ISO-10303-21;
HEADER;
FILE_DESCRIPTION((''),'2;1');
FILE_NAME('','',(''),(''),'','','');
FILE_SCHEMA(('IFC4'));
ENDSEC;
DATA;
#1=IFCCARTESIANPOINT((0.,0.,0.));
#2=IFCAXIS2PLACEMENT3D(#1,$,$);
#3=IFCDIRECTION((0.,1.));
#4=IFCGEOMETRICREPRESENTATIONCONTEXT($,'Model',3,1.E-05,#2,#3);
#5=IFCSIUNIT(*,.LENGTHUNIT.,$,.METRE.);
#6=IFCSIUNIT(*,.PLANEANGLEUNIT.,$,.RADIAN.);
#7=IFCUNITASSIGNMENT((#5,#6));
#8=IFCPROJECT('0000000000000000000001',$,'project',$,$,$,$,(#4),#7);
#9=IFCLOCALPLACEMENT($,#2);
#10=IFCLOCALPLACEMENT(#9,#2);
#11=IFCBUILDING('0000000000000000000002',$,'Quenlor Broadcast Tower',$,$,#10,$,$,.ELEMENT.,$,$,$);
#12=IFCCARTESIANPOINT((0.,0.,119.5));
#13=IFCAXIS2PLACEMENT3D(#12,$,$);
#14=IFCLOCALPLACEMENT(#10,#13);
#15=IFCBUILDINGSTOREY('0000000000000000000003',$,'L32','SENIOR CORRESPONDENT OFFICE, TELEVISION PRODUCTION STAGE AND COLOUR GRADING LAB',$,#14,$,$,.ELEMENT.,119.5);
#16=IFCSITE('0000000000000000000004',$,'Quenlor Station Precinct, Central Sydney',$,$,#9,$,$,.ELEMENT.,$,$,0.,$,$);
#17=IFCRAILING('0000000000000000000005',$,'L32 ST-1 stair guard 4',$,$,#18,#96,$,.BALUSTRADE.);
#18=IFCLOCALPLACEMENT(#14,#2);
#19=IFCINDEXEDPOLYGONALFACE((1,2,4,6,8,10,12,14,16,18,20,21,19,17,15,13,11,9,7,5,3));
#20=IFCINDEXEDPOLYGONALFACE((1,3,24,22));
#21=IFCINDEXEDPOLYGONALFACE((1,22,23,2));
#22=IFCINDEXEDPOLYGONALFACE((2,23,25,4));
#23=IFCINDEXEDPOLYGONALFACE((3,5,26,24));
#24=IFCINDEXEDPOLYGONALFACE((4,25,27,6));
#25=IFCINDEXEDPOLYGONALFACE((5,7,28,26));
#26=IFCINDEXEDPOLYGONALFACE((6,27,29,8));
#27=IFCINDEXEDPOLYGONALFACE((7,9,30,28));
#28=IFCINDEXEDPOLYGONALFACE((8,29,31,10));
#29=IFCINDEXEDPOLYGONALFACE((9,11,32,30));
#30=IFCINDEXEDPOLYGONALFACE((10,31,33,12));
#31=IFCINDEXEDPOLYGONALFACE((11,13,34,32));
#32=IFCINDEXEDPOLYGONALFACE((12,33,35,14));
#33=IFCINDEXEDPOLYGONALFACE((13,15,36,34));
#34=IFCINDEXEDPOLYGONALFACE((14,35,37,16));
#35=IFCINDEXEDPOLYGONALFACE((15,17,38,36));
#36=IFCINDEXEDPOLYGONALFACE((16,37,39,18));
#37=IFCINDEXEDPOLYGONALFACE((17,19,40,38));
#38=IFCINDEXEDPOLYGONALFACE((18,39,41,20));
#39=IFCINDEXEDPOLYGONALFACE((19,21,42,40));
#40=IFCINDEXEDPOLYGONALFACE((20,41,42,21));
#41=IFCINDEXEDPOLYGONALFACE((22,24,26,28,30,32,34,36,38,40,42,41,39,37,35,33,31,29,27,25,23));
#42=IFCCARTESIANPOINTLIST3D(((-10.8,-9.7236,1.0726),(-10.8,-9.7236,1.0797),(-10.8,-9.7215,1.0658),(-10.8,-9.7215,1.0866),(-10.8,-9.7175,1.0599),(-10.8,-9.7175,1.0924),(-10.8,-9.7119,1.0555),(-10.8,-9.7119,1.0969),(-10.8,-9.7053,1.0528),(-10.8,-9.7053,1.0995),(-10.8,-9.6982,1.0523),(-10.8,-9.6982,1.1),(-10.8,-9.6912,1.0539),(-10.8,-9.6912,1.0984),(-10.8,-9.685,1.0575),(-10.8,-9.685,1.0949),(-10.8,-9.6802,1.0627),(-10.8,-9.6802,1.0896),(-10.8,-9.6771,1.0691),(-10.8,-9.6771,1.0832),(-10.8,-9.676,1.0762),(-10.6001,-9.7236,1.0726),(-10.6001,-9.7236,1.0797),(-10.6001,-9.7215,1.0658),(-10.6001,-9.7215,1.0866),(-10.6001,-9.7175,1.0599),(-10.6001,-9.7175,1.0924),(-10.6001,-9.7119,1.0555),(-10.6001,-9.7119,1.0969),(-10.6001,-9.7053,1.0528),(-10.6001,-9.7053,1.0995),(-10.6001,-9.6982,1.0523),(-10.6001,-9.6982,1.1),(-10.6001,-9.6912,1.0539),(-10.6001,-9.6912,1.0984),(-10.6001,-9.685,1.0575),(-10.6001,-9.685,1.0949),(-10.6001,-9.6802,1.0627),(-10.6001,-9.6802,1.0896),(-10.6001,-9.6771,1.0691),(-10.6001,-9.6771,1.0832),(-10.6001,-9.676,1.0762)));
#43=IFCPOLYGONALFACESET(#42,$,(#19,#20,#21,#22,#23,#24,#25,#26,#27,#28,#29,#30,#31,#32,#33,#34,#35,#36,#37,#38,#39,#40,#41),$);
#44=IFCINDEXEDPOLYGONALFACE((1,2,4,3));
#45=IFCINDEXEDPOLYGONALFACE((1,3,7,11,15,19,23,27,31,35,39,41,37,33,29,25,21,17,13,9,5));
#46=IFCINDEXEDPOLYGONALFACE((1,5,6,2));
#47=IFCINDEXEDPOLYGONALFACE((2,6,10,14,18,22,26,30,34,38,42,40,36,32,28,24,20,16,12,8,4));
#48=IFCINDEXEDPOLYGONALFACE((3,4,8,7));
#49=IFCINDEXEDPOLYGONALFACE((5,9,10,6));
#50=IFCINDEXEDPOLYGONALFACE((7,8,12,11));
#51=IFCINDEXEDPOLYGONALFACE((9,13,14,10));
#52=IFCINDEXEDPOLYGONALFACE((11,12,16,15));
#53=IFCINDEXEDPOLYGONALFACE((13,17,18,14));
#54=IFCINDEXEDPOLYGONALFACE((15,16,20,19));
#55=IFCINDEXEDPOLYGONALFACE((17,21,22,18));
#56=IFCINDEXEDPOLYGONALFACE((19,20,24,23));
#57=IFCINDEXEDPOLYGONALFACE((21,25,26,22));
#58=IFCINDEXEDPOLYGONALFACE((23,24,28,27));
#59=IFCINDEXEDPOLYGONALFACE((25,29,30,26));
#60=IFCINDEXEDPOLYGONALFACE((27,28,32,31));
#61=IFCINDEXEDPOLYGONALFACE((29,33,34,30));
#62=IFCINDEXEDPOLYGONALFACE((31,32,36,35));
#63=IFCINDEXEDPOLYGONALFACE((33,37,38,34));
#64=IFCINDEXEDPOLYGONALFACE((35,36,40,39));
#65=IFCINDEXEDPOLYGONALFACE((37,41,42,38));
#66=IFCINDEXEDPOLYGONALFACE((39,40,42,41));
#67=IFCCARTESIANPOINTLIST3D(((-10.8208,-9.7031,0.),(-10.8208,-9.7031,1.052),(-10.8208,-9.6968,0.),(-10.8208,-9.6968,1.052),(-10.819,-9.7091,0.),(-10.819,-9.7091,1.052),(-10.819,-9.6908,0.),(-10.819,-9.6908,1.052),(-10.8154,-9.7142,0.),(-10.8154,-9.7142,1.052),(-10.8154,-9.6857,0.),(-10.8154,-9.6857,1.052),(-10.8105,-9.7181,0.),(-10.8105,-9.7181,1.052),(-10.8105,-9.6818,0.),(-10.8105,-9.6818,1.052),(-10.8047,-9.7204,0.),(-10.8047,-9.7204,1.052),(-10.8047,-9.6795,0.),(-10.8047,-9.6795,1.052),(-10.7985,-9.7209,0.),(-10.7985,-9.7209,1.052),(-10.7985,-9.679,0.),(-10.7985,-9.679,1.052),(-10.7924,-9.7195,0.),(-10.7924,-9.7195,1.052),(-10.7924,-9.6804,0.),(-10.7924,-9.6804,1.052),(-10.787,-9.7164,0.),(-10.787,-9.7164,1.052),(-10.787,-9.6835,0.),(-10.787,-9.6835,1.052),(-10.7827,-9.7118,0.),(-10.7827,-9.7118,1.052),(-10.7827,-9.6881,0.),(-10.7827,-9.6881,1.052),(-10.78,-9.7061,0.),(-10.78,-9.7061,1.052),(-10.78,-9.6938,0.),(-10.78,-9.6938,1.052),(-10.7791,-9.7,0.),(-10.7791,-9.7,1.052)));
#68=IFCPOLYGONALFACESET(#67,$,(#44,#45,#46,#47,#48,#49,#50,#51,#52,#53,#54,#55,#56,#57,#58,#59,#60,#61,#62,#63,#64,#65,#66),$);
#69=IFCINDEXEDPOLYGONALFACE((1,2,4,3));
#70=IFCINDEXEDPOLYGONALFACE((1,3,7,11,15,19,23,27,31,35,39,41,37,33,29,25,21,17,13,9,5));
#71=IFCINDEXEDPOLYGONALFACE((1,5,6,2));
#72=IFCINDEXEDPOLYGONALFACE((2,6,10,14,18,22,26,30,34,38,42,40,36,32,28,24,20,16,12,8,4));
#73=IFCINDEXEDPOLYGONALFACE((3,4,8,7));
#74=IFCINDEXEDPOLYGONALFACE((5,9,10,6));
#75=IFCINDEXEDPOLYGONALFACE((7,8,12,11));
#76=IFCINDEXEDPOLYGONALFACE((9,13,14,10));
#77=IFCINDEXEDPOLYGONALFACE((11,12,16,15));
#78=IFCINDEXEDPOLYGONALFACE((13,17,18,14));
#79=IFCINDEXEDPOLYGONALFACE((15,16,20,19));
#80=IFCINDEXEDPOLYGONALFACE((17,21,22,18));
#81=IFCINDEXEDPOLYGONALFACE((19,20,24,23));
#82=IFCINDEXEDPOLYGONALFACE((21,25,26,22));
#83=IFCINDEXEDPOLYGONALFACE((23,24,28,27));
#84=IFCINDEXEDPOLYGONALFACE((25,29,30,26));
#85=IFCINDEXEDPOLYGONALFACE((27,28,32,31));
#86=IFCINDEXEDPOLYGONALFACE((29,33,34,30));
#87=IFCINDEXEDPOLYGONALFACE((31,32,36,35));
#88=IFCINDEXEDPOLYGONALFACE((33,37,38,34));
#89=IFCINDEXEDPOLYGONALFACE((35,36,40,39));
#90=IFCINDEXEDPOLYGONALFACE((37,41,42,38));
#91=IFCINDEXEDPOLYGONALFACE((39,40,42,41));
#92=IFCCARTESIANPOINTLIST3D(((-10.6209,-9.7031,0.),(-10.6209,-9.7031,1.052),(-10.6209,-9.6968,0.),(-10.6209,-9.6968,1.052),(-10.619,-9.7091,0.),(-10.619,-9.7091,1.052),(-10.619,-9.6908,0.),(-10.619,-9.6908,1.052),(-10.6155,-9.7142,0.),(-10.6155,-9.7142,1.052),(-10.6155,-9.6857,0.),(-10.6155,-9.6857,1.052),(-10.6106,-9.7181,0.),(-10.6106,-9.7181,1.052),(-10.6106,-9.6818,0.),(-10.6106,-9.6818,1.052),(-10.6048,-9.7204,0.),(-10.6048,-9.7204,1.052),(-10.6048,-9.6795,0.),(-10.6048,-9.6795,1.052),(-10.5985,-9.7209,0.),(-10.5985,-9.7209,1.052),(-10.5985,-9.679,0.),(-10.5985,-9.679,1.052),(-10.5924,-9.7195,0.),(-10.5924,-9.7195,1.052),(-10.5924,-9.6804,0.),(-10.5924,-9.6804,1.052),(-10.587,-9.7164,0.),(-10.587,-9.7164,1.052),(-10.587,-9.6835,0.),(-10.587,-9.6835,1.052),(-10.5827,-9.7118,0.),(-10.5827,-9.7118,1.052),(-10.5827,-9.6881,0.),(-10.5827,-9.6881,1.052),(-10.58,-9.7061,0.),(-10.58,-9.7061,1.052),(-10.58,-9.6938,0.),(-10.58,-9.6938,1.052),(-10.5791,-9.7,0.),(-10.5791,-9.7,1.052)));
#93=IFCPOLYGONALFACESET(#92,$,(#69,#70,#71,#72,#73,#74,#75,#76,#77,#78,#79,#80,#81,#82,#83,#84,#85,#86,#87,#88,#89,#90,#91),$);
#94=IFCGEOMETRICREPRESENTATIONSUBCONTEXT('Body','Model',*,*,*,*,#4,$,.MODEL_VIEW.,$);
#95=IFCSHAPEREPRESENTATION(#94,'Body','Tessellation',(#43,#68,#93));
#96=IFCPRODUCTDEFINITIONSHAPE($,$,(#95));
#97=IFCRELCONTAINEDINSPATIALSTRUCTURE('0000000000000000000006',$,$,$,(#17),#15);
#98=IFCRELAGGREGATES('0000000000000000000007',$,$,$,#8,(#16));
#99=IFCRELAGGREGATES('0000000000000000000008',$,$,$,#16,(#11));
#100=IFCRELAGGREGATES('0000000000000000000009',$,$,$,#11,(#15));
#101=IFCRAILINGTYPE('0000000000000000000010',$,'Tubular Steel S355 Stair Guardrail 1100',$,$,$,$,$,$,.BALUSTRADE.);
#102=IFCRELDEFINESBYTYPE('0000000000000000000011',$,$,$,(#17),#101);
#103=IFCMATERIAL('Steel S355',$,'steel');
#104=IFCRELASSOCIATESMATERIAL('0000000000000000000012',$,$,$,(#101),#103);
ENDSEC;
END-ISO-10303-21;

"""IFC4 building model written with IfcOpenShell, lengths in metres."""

from ifc_helpers import new_model, si_unit, direction, frame, origin, origin_2d, place, context, subcontext, project, spatial, circle, extrude, material, type_object, element, save


model = new_model("IFC4")

# Units and contexts
model_context = context("Model", 3, precision=1e-05, world=origin(), true_north=direction((0.0, 1.0)))
body_context = subcontext(model_context, "Body", "Model", "MODEL_VIEW")
ifc_project = project(units=[si_unit("LENGTHUNIT", "METRE"), si_unit("PLANEANGLEUNIT", "RADIAN")], contexts=[model_context])

# Site, building, storey
site_placement = place(None, origin())
site = spatial("IfcSite", under=ifc_project, at=site_placement, Name="Quenlor Station Precinct, Central Sydney", CompositionType="ELEMENT", RefElevation=0.0)
building_placement = place(site_placement, origin())
building = spatial("IfcBuilding", under=site, at=building_placement, Name="Quenlor Broadcast Tower", CompositionType="ELEMENT")
storey_placement = place(building_placement, frame((0.0, 0.0, 119.5)))
storey = spatial("IfcBuildingStorey", under=building, at=storey_placement, Name="L32", Description="SENIOR CORRESPONDENT OFFICE, TELEVISION PRODUCTION STAGE AND COLOUR GRADING LAB", CompositionType="ELEMENT", Elevation=119.5)

# Railing
ifc_material_1 = material(Name="Steel S355", Category="steel")
railing_type_1 = type_object("IfcRailingType", Name="Tubular Steel S355 Stair Guardrail 1100", PredefinedType="BALUSTRADE", material=ifc_material_1)
railing_1_placement = place(storey_placement, frame((-10.8, -9.7, 0.0)))
element("IfcRailing", 1, at=railing_1_placement, inside=storey, type_object=railing_type_1, Name="L32 ST-1 stair guard 4", PredefinedType="BALUSTRADE", context=body_context, shape_type="SweptSolid", body=[
    extrude(circle(Radius=0.0239, at=origin_2d()), frame((0.0, 0.0, 1.0762), z_axis=(1.0, 0.0, 0.0), x_axis=(0.0, 1.0, 0.0)), (0.0, 0.0, 1.0), 0.2),
    extrude(circle(Radius=0.021, at=origin_2d()), origin(), (0.0, 0.0, 1.0), 1.052),
    extrude(circle(Radius=0.021, at=origin_2d()), frame((0.2, 0.0, 0.0)), (0.0, 0.0, 1.0), 1.052),
])

save(model, "model.ifc")
